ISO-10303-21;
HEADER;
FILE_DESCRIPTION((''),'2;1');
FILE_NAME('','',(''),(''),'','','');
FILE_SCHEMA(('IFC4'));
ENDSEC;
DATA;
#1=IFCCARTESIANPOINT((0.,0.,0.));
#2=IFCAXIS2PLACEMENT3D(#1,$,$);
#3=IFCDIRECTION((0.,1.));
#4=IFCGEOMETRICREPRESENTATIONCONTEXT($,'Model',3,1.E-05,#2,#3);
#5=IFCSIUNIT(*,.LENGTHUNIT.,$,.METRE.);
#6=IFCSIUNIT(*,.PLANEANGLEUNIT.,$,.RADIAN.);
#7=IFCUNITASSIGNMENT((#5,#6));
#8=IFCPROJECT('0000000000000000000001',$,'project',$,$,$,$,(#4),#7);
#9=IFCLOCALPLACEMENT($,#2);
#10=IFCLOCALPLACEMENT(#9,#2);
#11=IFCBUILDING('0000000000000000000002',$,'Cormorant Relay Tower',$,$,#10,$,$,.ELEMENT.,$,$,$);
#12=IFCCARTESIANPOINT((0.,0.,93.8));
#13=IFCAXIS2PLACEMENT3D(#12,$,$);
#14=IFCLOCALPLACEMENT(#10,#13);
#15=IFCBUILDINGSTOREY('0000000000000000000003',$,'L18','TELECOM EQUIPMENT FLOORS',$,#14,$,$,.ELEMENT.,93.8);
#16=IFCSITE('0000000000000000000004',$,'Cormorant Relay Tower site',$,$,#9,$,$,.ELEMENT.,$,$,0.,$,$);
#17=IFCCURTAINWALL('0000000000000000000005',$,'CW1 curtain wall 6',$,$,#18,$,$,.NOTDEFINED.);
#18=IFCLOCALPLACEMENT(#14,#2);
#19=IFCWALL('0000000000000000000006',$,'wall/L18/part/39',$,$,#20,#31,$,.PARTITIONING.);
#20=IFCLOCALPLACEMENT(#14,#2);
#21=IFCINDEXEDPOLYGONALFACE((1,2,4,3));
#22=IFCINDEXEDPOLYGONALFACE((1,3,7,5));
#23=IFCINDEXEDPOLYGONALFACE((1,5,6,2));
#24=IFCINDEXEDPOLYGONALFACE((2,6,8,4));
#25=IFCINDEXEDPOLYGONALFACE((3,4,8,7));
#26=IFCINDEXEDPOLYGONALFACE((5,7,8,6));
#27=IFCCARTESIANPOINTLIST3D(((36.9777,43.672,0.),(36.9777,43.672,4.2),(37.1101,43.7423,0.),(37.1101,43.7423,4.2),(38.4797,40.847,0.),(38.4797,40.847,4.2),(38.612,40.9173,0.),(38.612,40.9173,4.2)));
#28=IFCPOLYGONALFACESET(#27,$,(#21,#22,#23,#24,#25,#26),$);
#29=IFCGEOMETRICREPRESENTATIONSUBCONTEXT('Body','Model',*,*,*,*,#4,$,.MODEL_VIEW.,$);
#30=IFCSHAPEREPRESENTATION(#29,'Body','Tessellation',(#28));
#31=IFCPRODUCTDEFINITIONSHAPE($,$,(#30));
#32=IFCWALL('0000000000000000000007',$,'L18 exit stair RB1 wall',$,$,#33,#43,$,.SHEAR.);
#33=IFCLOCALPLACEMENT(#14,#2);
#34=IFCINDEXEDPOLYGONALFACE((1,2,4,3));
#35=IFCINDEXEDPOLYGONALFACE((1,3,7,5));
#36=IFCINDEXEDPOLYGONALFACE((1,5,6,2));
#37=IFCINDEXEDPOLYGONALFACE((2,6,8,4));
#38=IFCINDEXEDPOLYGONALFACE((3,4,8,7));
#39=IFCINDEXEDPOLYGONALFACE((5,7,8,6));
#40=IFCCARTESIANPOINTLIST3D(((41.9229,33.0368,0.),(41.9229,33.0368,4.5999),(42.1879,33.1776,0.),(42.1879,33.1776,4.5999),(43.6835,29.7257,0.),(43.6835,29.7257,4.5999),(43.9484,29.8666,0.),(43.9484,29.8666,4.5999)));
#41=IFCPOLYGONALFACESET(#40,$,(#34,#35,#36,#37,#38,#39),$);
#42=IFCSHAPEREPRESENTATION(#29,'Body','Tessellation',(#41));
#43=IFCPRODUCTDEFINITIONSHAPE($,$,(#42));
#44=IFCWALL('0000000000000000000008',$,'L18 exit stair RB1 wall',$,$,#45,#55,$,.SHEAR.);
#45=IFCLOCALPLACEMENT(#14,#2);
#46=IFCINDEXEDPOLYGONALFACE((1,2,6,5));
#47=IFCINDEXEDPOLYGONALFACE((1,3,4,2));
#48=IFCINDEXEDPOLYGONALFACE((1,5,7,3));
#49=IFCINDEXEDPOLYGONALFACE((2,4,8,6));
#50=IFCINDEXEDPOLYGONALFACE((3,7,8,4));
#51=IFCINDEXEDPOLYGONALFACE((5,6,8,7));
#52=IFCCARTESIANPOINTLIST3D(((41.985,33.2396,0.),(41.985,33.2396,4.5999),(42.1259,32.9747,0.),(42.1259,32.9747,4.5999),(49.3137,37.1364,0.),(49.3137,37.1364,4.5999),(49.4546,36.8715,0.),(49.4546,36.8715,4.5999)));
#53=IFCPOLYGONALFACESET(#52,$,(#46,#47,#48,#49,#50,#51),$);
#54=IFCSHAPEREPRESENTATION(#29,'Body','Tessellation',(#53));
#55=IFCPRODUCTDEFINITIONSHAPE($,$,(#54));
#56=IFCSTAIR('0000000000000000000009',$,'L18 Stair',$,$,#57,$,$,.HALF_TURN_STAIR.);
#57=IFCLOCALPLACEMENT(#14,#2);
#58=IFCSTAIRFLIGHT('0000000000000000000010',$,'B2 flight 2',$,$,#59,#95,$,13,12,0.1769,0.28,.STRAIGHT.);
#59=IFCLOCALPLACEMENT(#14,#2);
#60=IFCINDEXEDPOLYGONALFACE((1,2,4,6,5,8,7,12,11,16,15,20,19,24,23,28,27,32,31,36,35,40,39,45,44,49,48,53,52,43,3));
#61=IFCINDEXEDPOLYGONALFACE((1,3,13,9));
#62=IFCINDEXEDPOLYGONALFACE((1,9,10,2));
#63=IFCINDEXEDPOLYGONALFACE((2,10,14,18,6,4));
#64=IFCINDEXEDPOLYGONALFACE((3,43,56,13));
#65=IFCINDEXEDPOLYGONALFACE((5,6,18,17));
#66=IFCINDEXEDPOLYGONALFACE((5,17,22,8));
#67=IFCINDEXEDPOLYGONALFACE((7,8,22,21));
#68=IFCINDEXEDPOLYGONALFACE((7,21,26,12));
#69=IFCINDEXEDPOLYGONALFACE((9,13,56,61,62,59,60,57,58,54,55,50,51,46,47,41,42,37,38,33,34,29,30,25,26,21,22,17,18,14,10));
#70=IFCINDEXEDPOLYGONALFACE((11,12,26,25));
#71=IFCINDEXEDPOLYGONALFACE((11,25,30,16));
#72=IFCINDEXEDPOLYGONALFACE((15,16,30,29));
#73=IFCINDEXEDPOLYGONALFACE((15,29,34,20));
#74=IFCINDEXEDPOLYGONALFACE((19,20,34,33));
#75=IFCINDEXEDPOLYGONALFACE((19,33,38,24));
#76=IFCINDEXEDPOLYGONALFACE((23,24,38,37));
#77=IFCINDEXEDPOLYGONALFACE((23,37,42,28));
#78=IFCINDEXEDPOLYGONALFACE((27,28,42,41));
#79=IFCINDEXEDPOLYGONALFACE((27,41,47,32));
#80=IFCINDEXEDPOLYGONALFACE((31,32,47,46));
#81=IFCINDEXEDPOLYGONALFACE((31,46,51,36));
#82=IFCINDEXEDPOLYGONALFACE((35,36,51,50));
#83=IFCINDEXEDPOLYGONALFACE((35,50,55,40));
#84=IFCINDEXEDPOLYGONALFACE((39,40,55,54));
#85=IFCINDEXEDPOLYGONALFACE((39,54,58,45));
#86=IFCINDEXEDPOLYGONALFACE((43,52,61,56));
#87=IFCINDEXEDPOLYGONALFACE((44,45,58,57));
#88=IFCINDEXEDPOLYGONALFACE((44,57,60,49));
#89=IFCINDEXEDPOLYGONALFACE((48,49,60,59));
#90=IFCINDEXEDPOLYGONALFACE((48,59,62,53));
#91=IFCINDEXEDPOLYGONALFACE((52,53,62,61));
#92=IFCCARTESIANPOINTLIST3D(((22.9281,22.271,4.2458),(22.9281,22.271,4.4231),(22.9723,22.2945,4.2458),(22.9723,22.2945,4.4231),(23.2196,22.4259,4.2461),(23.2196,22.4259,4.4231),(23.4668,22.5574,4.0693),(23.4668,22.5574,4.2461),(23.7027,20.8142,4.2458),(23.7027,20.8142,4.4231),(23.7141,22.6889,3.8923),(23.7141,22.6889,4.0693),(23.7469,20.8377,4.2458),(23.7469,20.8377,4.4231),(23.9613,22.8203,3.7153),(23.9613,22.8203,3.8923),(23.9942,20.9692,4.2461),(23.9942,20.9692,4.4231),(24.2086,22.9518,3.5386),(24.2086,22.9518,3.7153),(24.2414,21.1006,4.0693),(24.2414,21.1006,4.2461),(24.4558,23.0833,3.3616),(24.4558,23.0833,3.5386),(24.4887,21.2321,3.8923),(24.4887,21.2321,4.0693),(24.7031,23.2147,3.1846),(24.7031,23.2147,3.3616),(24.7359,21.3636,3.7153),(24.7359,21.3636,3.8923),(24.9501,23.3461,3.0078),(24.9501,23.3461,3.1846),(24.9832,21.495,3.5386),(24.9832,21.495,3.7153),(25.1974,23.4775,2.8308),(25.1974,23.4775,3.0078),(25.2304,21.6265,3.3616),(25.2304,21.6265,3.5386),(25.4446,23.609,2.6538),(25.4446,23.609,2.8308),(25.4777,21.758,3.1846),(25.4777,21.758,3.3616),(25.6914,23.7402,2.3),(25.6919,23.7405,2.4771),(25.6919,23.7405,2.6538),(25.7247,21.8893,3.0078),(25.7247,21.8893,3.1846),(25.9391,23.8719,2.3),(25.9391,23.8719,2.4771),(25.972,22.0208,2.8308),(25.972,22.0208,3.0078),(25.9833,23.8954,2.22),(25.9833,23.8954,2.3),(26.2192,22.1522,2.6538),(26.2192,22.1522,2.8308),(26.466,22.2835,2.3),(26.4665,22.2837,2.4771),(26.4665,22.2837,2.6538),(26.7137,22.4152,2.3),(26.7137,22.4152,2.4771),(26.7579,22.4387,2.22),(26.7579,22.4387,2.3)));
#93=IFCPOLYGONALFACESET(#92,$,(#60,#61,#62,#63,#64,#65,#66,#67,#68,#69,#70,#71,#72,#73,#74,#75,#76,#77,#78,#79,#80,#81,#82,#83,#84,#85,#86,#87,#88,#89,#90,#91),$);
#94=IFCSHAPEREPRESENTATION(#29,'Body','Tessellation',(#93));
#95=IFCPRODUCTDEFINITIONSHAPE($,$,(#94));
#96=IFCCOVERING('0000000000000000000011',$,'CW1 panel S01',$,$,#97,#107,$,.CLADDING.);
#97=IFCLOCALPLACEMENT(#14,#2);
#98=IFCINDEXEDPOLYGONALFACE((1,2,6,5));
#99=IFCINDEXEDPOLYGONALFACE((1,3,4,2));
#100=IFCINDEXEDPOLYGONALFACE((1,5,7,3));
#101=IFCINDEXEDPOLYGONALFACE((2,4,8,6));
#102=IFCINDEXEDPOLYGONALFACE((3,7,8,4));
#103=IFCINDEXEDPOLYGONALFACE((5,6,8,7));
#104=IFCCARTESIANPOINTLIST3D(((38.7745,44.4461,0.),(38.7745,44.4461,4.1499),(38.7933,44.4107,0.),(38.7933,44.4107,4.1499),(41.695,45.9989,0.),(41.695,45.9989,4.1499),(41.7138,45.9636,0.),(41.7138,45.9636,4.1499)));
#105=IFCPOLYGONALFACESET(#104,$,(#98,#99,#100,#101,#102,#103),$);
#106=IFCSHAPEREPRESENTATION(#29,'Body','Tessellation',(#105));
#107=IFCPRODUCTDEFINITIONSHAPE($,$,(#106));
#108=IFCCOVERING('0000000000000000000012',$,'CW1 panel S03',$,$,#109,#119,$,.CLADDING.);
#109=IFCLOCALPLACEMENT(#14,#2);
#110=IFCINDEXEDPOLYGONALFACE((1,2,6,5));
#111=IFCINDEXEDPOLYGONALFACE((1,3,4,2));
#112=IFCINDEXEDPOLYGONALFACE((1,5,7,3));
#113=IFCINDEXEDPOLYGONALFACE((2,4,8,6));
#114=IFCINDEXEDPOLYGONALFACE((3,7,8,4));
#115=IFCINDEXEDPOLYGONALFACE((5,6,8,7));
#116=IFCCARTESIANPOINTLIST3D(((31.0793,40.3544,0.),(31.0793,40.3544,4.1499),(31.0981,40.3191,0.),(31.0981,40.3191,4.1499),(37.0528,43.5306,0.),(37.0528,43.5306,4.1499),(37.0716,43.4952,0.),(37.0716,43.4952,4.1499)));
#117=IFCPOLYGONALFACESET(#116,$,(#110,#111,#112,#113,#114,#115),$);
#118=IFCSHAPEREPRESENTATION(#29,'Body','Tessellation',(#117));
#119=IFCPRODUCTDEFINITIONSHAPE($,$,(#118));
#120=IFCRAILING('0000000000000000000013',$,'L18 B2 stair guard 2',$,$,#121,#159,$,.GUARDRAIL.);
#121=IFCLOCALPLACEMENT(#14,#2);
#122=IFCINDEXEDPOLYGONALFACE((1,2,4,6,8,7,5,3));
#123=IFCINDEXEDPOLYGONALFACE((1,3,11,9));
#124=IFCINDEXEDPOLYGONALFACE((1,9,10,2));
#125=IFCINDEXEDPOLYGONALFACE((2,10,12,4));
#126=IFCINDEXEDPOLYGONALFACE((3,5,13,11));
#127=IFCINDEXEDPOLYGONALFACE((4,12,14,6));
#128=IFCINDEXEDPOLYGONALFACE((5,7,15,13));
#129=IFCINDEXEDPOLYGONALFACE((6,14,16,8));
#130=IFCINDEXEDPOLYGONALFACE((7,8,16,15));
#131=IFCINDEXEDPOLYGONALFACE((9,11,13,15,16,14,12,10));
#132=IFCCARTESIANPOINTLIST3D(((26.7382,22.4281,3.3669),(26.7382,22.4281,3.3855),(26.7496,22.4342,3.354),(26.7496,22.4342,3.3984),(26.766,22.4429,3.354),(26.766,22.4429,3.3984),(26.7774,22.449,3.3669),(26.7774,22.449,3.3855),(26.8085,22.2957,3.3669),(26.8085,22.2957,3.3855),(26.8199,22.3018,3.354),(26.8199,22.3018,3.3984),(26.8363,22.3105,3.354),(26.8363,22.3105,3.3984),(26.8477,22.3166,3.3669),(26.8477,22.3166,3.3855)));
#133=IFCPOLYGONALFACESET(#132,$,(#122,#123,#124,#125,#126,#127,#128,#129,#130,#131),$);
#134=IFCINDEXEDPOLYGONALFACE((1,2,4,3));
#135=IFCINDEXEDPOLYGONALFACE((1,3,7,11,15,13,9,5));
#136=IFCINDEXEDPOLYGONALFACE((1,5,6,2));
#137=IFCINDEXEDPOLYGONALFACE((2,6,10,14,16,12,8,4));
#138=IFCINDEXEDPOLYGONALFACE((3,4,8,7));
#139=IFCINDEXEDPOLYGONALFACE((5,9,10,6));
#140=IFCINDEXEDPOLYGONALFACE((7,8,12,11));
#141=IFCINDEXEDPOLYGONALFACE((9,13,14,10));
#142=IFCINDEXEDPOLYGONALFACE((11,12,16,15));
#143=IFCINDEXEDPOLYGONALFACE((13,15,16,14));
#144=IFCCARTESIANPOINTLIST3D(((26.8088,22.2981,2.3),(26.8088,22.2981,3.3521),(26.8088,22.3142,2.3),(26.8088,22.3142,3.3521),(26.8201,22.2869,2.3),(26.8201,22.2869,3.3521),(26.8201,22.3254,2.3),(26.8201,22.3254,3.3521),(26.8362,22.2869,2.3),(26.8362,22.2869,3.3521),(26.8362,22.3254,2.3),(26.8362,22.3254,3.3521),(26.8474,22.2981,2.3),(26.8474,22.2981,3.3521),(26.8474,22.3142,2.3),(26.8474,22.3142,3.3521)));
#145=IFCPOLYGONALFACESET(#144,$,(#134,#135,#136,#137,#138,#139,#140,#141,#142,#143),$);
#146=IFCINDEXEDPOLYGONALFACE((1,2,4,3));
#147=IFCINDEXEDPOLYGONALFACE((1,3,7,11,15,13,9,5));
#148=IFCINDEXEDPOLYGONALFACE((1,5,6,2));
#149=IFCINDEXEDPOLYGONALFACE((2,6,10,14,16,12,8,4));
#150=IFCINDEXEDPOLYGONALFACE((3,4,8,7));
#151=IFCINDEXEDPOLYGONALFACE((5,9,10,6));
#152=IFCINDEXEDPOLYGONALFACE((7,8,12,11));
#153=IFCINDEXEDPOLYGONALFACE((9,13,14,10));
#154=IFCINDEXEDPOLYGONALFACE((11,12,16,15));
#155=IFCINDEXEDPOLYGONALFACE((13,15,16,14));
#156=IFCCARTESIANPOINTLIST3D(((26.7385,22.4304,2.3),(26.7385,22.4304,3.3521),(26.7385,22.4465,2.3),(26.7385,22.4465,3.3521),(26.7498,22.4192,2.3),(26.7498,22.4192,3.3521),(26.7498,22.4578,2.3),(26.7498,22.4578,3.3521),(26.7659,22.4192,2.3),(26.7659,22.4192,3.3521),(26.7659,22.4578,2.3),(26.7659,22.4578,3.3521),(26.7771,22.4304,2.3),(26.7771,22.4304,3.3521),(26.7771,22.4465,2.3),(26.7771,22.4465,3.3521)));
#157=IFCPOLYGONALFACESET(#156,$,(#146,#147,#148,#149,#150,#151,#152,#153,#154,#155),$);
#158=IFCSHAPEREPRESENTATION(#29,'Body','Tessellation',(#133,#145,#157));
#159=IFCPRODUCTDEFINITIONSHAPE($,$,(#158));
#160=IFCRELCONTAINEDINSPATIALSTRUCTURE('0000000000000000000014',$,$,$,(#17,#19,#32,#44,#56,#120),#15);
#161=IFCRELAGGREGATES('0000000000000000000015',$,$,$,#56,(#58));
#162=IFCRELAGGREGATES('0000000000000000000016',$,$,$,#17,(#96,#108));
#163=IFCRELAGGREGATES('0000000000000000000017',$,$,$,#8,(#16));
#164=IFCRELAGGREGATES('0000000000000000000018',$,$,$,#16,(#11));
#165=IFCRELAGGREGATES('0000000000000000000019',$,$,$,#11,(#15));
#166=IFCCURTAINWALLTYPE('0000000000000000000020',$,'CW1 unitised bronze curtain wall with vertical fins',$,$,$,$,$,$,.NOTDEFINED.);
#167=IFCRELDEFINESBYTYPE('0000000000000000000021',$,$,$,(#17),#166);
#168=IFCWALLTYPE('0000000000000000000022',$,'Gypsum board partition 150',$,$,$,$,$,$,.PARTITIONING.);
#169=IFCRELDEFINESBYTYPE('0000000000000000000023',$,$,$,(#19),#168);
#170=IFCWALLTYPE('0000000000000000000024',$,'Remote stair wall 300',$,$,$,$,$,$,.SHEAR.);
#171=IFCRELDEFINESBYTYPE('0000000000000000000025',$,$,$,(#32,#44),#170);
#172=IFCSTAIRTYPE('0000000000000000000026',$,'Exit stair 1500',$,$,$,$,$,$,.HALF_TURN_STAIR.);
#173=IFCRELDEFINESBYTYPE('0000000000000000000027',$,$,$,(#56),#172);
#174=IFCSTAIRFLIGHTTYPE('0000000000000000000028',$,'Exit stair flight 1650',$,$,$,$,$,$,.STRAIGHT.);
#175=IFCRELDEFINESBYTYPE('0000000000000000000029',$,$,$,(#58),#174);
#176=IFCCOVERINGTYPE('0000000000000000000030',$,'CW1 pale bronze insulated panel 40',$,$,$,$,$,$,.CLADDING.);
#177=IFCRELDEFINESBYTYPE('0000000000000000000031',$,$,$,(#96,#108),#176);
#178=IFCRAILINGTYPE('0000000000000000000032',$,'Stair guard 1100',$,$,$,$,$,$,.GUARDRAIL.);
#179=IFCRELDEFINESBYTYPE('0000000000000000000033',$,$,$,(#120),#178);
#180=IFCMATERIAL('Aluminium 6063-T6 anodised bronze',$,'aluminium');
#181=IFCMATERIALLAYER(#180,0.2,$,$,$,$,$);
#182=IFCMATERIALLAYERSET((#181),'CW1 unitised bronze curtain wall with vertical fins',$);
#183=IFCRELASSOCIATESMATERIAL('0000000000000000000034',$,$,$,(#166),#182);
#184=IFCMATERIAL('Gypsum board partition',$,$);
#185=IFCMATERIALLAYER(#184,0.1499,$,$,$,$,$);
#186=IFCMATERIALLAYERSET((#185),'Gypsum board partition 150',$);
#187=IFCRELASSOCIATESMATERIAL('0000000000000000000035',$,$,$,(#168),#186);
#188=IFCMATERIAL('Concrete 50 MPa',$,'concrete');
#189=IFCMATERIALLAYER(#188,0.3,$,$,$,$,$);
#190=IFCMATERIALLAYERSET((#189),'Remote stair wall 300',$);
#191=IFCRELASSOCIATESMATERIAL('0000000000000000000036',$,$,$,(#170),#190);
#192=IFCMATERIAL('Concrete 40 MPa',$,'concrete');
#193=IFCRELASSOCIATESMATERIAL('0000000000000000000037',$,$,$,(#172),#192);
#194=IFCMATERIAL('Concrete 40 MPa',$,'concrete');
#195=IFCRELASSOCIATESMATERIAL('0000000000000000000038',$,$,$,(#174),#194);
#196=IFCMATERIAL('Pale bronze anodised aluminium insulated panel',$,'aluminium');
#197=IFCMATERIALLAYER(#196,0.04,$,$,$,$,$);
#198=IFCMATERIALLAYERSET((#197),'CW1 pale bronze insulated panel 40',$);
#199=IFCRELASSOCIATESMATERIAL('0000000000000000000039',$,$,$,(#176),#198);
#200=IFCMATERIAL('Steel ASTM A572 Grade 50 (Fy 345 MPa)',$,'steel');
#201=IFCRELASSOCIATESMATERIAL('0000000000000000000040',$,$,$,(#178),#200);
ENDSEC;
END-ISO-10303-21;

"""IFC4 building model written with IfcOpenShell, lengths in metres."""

from ifc_helpers import new_model, si_unit, direction, frame, frame_2d, origin, origin_2d, place, context, subcontext, project, spatial, polyline, rectangle, outline, extrude, material, layer, layer_set, type_object, element, aggregate, save


model = new_model("IFC4")

# Units and contexts
model_context = context("Model", 3, precision=1e-05, world=origin(), true_north=direction((0.0, 1.0)))
body_context = subcontext(model_context, "Body", "Model", "MODEL_VIEW")
ifc_project = project(units=[si_unit("LENGTHUNIT", "METRE"), si_unit("PLANEANGLEUNIT", "RADIAN")], contexts=[model_context])

# Site, building, storey
site_placement = place(None, origin())
site = spatial("IfcSite", under=ifc_project, at=site_placement, Name="Cormorant Relay Tower site", CompositionType="ELEMENT", RefElevation=0.0)
building_placement = place(site_placement, origin())
building = spatial("IfcBuilding", under=site, at=building_placement, Name="Cormorant Relay Tower", CompositionType="ELEMENT")
storey_placement = place(building_placement, frame((0.0, 0.0, 93.8)))
storey = spatial("IfcBuildingStorey", under=building, at=storey_placement, Name="L18", Description="TELECOM EQUIPMENT FLOORS", CompositionType="ELEMENT", Elevation=93.8)

# Curtain wall
ifc_material_1 = material(Name="Aluminium 6063-T6 anodised bronze", Category="aluminium")
ifc_layer_1 = layer(ifc_material_1, 0.2)
ifc_layer_set_1 = layer_set([ifc_layer_1], Name="CW1 unitised bronze curtain wall with vertical fins")
curtain_wall_type = type_object("IfcCurtainWallType", Name="CW1 unitised bronze curtain wall with vertical fins", PredefinedType="NOTDEFINED", material=ifc_layer_set_1)
curtain_wall_placement = place(storey_placement, origin())
curtain_wall = element("IfcCurtainWall", 1, at=curtain_wall_placement, inside=storey, type_object=curtain_wall_type, Name="CW1 curtain wall 6", PredefinedType="NOTDEFINED")

# Walls
ifc_material_2 = material(Name="Gypsum board partition")
ifc_layer_2 = layer(ifc_material_2, 0.1499)
ifc_layer_set_2 = layer_set([ifc_layer_2], Name="Gypsum board partition 150")
wall_type_1 = type_object("IfcWallType", Name="Gypsum board partition 150", PredefinedType="PARTITIONING", material=ifc_layer_set_2)
wall_1_placement = place(storey_placement, frame((37.0439, 43.707, 0.0), z_axis=(0.0, 0.0, 1.0), x_axis=(0.469447, -0.882961, 0.0)))
element("IfcWall", 2, at=wall_1_placement, inside=storey, type_object=wall_type_1, Name="wall/L18/part/39", PredefinedType="PARTITIONING", context=body_context, shape_type="SweptSolid", body=[
    extrude(rectangle(XDim=3.1995, YDim=0.1499, at=frame_2d((1.5996, 0.0))), origin(), (0.0, 0.0, 1.0), 4.2),
])
ifc_material_3 = material(Name="Concrete 50 MPa", Category="concrete")
ifc_layer_3 = layer(ifc_material_3, 0.3)
ifc_layer_set_3 = layer_set([ifc_layer_3], Name="Remote stair wall 300")
wall_type_2 = type_object("IfcWallType", Name="Remote stair wall 300", PredefinedType="SHEAR", material=ifc_layer_set_3)
wall_2_placement = place(storey_placement, frame((43.8159, 29.7961, 0.0), z_axis=(0.0, 0.0, 1.0), x_axis=(-0.469469, 0.882949, 0.0)))
element("IfcWall", 3, at=wall_2_placement, inside=storey, type_object=wall_type_2, Name="L18 exit stair RB1 wall", PredefinedType="SHEAR", context=body_context, shape_type="SweptSolid", body=[
    extrude(rectangle(XDim=3.75, YDim=0.3, at=frame_2d((1.875, 0.0))), origin(), (0.0, 0.0, 1.0), 4.5999),
])
wall_3_placement = place(storey_placement, frame((42.0554, 33.1072, 0.0), z_axis=(0.0, 0.0, 1.0), x_axis=(0.882946, 0.469475, 0.0)))
element("IfcWall", 4, at=wall_3_placement, inside=storey, type_object=wall_type_2, Name="L18 exit stair RB1 wall", PredefinedType="SHEAR", context=body_context, shape_type="SweptSolid", body=[
    extrude(rectangle(XDim=8.3003, YDim=0.3, at=frame_2d((4.1501, 0.0))), origin(), (0.0, 0.0, 1.0), 4.5999),
])

# Stair, stair flight
ifc_material_4 = material(Name="Concrete 40 MPa", Category="concrete")
stair_type = type_object("IfcStairType", Name="Exit stair 1500", PredefinedType="HALF_TURN_STAIR", material=ifc_material_4)
stair_placement = place(storey_placement, origin())
stair = element("IfcStair", 5, at=stair_placement, inside=storey, type_object=stair_type, Name="L18 Stair", PredefinedType="HALF_TURN_STAIR")
ifc_material_5 = material(Name="Concrete 40 MPa", Category="concrete")
stair_flight_type = type_object("IfcStairFlightType", Name="Exit stair flight 1650", PredefinedType="STRAIGHT", material=ifc_material_5)
stair_flight_placement = place(storey_placement, frame((26.3264, 23.1436, 2.3), z_axis=(0.0, 0.0, 1.0), x_axis=(-0.882948, -0.469472, 0.0)))
stair_flight = element("IfcStairFlight", 6, at=stair_flight_placement, type_object=stair_flight_type, Name="B2 flight 2", NumberOfRisers=13, NumberOfTreads=12, PredefinedType="STRAIGHT", RiserHeight=0.1769, TreadLength=0.28, context=body_context, shape_type="SweptSolid", body=[
    extrude(outline(polyline([(-0.05, -0.0801), (-0.05, 0.0), (0.0, 0.0), (0.0, 0.177), (0.28, 0.177), (0.28, 0.3538), (0.5601, 0.3538), (0.5601, 0.5308), (0.8401, 0.5308), (0.8401, 0.7078), (1.1201, 0.7078), (1.1201, 0.8845), (1.3999, 0.8845), (1.3999, 1.0615), (1.6799, 1.0615), (1.6799, 1.2385), (1.96, 1.2385), (1.96, 1.4153), (2.24, 1.4153), (2.24, 1.5923), (2.52, 1.5923), (2.52, 1.7693), (2.8, 1.7693), (2.8, 1.946), (3.0801, 1.946), (3.0801, 2.123), (3.3601, 2.123), (3.4102, 2.123), (3.4102, 1.9458), (3.3601, 1.9458), (0.2805, 0.0), (-0.05, -0.0801)])), frame((0.0, 0.825, 0.0), z_axis=(0.0, -1.0, 0.0), x_axis=(1.0, 0.0, 0.0)), (0.0, 0.0, 1.0), 1.6499),
])
aggregate(stair, [stair_flight])

# Coverings
ifc_material_6 = material(Name="Pale bronze anodised aluminium insulated panel", Category="aluminium")
ifc_layer_4 = layer(ifc_material_6, 0.04)
ifc_layer_set_4 = layer_set([ifc_layer_4], Name="CW1 pale bronze insulated panel 40")
covering_type = type_object("IfcCoveringType", Name="CW1 pale bronze insulated panel 40", PredefinedType="CLADDING", material=ifc_layer_set_4)
covering_1_placement = place(storey_placement, frame((40.2441, 45.2048, 0.0), z_axis=(0.0, 0.0, 1.0), x_axis=(-0.882948, -0.469472, 0.0)))
covering_1 = element("IfcCovering", 7, at=covering_1_placement, type_object=covering_type, Name="CW1 panel S01", PredefinedType="CLADDING", context=body_context, shape_type="SweptSolid", body=[
    extrude(rectangle(XDim=3.3076, YDim=0.04, at=origin_2d()), origin(), (0.0, 0.0, 1.0), 4.1499),
])
covering_2_placement = place(storey_placement, frame((34.0754, 41.9248, 0.0), z_axis=(0.0, 0.0, 1.0), x_axis=(-0.882948, -0.469472, 0.0)))
covering_2 = element("IfcCovering", 8, at=covering_2_placement, type_object=covering_type, Name="CW1 panel S03", PredefinedType="CLADDING", context=body_context, shape_type="SweptSolid", body=[
    extrude(rectangle(XDim=6.7654, YDim=0.04, at=origin_2d()), origin(), (0.0, 0.0, 1.0), 4.1499),
])
aggregate(curtain_wall, [covering_1, covering_2])

# Railing
ifc_material_7 = material(Name="Steel ASTM A572 Grade 50 (Fy 345 MPa)", Category="steel")
railing_type = type_object("IfcRailingType", Name="Stair guard 1100", PredefinedType="GUARDRAIL", material=ifc_material_7)
railing_1_placement = place(storey_placement, frame((26.8281, 22.3062, 2.3)))
element("IfcRailing", 9, at=railing_1_placement, inside=storey, type_object=railing_type, Name="L18 B2 stair guard 2", PredefinedType="GUARDRAIL", context=body_context, shape_type="SweptSolid", body=[
    extrude(outline(polyline([(0.0222, 0.0093), (0.0093, 0.0222), (-0.0093, 0.0222), (-0.0222, 0.0093), (-0.0222, -0.0093), (-0.0093, -0.0222), (0.0093, -0.0222), (0.0222, -0.0093), (0.0222, 0.0093)])), frame((0.0, 0.0, 1.0762), z_axis=(-0.469235, 0.883074, 0.0), x_axis=(-0.883074, -0.469235, 0.0)), (0.0, 0.0, 1.0), 0.1499),
    extrude(outline(polyline([(0.0193, 0.0081), (0.0081, 0.0193), (-0.0081, 0.0193), (-0.0193, 0.0081), (-0.0193, -0.0081), (-0.0081, -0.0193), (0.0081, -0.0193), (0.0193, -0.0081), (0.0193, 0.0081)])), origin(), (0.0, 0.0, 1.0), 1.052),
    extrude(outline(polyline([(0.0193, 0.0081), (0.0081, 0.0193), (-0.0081, 0.0193), (-0.0193, 0.0081), (-0.0193, -0.0081), (-0.0081, -0.0193), (0.0081, -0.0193), (0.0193, -0.0081), (0.0193, 0.0081)])), frame((-0.0703, 0.1323, 0.0)), (0.0, 0.0, 1.0), 1.052),
])

save(model, "model.ifc")
